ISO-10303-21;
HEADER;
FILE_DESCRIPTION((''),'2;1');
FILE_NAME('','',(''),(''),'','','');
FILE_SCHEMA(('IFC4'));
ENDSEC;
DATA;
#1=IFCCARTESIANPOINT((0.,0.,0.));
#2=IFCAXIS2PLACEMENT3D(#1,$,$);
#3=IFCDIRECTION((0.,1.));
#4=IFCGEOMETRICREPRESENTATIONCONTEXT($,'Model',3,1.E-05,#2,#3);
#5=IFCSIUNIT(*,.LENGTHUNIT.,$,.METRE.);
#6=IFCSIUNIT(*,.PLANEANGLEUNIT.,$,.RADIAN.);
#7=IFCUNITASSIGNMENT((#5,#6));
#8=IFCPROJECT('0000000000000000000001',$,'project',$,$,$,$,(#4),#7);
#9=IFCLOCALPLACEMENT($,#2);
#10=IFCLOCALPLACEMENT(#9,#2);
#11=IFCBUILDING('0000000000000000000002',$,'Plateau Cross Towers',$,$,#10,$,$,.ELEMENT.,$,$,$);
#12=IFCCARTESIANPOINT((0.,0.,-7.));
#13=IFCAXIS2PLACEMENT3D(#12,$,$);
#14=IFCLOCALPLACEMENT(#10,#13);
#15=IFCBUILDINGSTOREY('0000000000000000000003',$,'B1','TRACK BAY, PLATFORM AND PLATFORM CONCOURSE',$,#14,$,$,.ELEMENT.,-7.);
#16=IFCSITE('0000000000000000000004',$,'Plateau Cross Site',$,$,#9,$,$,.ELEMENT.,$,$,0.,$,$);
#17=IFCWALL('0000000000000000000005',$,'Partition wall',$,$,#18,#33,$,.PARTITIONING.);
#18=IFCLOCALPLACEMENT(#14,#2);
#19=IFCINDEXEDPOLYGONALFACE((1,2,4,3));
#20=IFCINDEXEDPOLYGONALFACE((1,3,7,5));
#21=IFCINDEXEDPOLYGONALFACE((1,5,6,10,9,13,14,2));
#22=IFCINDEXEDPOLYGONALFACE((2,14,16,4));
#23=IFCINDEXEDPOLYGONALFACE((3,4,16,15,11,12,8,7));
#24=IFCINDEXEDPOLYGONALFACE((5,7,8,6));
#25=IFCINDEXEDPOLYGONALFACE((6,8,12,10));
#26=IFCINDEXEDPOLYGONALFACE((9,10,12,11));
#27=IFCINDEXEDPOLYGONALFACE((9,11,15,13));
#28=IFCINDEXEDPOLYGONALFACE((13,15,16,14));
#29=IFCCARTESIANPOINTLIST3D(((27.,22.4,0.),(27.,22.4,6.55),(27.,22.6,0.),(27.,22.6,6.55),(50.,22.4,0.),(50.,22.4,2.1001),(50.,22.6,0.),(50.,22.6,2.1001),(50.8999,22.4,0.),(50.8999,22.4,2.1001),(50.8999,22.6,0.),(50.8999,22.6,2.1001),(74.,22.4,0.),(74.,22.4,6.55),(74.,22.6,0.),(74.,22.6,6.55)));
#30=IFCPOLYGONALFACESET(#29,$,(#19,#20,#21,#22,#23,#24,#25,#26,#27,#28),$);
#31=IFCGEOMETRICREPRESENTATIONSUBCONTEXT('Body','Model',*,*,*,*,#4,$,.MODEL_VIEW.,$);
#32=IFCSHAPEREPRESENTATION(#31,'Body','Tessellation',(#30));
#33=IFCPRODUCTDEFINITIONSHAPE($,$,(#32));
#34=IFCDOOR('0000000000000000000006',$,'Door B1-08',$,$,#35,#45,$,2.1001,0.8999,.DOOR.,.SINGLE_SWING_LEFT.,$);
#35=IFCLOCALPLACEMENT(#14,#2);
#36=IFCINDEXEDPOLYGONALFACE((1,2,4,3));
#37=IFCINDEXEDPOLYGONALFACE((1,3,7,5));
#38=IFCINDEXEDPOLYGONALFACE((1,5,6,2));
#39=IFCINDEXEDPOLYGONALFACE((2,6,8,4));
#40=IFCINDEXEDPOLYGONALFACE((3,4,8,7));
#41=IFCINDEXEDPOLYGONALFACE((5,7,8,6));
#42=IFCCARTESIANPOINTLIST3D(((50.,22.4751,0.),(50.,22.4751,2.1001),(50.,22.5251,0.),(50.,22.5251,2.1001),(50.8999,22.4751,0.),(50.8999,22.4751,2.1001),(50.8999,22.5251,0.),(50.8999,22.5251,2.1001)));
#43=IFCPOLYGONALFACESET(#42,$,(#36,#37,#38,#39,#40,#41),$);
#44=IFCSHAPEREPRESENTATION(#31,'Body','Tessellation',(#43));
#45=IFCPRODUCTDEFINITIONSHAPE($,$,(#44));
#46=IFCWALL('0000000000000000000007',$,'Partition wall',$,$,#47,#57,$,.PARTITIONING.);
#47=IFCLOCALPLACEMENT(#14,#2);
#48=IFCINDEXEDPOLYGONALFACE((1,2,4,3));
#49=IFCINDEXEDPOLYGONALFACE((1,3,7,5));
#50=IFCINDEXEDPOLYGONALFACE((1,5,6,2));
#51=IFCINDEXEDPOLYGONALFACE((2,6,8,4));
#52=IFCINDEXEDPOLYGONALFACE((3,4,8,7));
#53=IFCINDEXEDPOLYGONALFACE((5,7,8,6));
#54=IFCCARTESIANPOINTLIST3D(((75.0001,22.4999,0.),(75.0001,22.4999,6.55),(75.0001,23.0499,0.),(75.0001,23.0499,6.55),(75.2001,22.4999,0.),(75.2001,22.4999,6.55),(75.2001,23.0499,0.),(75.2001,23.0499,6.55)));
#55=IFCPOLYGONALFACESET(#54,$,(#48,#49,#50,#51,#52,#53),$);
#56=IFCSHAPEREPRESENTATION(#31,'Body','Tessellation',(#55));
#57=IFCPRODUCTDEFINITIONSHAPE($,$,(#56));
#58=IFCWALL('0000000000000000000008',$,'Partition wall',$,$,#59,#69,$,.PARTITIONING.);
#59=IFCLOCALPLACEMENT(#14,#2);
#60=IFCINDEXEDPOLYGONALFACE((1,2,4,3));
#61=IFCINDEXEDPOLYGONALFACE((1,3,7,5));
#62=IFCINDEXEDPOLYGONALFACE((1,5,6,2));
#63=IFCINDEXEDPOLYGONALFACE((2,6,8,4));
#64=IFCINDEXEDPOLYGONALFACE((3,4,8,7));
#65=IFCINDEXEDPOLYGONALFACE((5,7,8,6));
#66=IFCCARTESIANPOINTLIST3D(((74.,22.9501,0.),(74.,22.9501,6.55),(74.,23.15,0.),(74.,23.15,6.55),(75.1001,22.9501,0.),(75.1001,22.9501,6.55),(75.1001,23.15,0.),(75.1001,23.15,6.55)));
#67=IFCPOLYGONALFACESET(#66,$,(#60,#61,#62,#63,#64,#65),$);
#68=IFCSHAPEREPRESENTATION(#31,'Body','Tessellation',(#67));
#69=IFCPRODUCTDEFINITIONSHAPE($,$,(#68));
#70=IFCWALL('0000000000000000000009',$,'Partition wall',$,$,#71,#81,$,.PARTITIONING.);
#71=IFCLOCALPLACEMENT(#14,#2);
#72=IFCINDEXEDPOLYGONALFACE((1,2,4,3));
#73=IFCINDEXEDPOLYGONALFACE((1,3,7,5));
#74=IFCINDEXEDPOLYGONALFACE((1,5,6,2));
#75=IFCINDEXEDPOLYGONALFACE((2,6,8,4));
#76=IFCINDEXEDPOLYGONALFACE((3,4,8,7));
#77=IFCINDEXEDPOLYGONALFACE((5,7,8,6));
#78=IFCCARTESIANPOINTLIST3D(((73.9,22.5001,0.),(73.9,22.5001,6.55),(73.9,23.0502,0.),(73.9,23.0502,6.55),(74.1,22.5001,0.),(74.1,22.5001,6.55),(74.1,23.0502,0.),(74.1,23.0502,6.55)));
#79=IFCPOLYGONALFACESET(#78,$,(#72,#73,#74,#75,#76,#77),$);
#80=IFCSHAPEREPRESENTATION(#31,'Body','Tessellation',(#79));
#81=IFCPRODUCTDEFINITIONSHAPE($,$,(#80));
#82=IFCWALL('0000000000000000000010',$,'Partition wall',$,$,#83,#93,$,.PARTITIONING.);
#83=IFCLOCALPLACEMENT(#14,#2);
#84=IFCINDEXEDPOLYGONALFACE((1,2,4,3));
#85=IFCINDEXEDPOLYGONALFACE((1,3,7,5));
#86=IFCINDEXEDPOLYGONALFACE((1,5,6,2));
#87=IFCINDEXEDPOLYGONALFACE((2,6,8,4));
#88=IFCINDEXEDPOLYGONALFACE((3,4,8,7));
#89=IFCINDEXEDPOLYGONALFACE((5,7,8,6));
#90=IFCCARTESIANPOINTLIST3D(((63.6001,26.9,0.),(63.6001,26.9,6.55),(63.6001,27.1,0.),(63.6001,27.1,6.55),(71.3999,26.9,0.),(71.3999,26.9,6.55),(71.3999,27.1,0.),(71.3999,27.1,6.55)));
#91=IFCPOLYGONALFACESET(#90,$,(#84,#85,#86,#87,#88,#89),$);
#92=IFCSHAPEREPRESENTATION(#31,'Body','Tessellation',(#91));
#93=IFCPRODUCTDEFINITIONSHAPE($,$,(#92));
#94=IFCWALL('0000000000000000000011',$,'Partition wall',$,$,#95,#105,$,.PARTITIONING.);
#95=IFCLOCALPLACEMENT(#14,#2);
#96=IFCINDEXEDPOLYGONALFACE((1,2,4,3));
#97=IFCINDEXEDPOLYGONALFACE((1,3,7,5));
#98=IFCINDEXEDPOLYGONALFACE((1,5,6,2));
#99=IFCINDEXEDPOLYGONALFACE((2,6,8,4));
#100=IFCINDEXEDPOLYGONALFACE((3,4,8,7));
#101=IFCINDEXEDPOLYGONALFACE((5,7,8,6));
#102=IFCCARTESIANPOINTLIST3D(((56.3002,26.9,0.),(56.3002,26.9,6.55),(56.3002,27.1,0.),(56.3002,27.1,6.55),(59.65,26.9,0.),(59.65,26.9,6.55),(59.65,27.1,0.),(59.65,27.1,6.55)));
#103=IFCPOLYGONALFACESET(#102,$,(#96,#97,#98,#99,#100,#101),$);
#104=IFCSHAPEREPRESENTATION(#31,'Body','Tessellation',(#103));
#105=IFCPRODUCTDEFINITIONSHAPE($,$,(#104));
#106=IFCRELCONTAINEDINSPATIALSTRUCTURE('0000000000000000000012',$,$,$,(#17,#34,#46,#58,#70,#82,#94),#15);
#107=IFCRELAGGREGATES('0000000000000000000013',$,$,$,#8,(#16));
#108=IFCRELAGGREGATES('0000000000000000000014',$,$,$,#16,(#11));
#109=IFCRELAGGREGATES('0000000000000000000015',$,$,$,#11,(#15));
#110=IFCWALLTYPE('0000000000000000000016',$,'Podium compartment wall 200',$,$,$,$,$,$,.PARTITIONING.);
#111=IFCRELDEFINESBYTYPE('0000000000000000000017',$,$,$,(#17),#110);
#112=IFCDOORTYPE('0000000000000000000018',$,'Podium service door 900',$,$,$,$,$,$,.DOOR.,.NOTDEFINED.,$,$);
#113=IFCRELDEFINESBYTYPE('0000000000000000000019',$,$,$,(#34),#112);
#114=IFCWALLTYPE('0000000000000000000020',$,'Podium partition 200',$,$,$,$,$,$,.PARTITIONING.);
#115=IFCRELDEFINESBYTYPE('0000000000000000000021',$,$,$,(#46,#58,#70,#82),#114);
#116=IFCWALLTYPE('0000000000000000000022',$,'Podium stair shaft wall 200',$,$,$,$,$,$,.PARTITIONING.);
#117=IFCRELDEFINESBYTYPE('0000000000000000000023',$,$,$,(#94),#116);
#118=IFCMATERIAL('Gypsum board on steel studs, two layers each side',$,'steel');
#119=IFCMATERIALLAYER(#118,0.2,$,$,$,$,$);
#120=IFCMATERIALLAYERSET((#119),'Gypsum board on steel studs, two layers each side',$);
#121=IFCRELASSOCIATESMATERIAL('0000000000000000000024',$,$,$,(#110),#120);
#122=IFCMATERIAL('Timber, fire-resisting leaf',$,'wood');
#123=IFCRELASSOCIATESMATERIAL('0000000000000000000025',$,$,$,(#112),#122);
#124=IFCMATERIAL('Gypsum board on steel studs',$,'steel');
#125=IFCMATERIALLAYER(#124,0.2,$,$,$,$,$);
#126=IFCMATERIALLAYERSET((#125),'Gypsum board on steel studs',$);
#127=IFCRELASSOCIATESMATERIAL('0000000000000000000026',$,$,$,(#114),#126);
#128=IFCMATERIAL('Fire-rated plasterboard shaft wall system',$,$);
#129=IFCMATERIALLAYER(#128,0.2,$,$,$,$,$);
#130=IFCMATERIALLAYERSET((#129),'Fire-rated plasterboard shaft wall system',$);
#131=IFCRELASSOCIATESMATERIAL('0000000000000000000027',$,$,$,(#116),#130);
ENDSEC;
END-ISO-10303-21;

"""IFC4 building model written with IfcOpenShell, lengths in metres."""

from ifc_helpers import new_model, si_unit, direction, frame, frame_2d, origin, place, context, subcontext, project, spatial, rectangle, extrude, material, layer, layer_set, type_object, element, fill, save


model = new_model("IFC4")

# Units and contexts
model_context = context("Model", 3, precision=1e-05, world=origin(), true_north=direction((0.0, 1.0)))
body_context = subcontext(model_context, "Body", "Model", "MODEL_VIEW")
ifc_project = project(units=[si_unit("LENGTHUNIT", "METRE"), si_unit("PLANEANGLEUNIT", "RADIAN")], contexts=[model_context])

# Site, building, storey
site_placement = place(None, origin())
site = spatial("IfcSite", under=ifc_project, at=site_placement, Name="Plateau Cross Site", CompositionType="ELEMENT", RefElevation=0.0)
building_placement = place(site_placement, origin())
building = spatial("IfcBuilding", under=site, at=building_placement, Name="Plateau Cross Towers", CompositionType="ELEMENT")
storey_placement = place(building_placement, frame((0.0, 0.0, -7.0)))
storey = spatial("IfcBuildingStorey", under=building, at=storey_placement, Name="B1", Description="TRACK BAY, PLATFORM AND PLATFORM CONCOURSE", CompositionType="ELEMENT", Elevation=-7.0)

# Wall, opening, door
ifc_material_1 = material(Name="Gypsum board on steel studs, two layers each side", Category="steel")
ifc_layer_1 = layer(ifc_material_1, 0.2)
ifc_layer_set_1 = layer_set([ifc_layer_1], Name="Gypsum board on steel studs, two layers each side")
wall_type_1 = type_object("IfcWallType", Name="Podium compartment wall 200", PredefinedType="PARTITIONING", material=ifc_layer_set_1)
wall_1_placement = place(storey_placement, frame((74.0, 22.5, 0.0), z_axis=(0.0, 0.0, 1.0), x_axis=(-1.0, 0.0, 0.0)))
wall_1 = element("IfcWall", 1, at=wall_1_placement, inside=storey, type_object=wall_type_1, Name="Partition wall", PredefinedType="PARTITIONING", context=body_context, shape_type="SweptSolid", body=[
    extrude(rectangle(XDim=47.0, YDim=0.2, at=frame_2d((23.5, 0.0))), origin(), (0.0, 0.0, 1.0), 6.55),
])
opening_placement = place(wall_1_placement, frame((23.1001, 0.0, 0.0)))
opening = element("IfcOpeningElement", 2, at=opening_placement, cuts=wall_1, PredefinedType="OPENING", context=body_context, shape_type="SweptSolid", body=[
    extrude(rectangle(XDim=0.8999, YDim=2.1001, at=frame_2d((0.45, 1.05))), frame((0.0, 0.1099, 0.0), z_axis=(0.0, -1.0, 0.0), x_axis=(1.0, 0.0, 0.0)), (0.0, 0.0, 1.0), 0.22),
])
ifc_material_2 = material(Name="Timber, fire-resisting leaf", Category="wood")
door_type = type_object("IfcDoorType", Name="Podium service door 900", OperationType="NOTDEFINED", PredefinedType="DOOR", material=ifc_material_2)
door_placement = place(opening_placement, origin())
door = element("IfcDoor", 3, at=door_placement, inside=storey, type_object=door_type, Name="Door B1-08", OperationType="SINGLE_SWING_LEFT", OverallHeight=2.1001, OverallWidth=0.8999, PredefinedType="DOOR", context=body_context, shape_type="SweptSolid", body=[
    extrude(rectangle(XDim=0.8999, YDim=2.1001, at=frame_2d((0.45, 1.05))), frame((0.0, 0.0249, 0.0), z_axis=(0.0, -1.0, 0.0), x_axis=(1.0, 0.0, 0.0)), (0.0, 0.0, 1.0), 0.05),
])
fill(opening, door)

# Walls
ifc_material_3 = material(Name="Gypsum board on steel studs", Category="steel")
ifc_layer_2 = layer(ifc_material_3, 0.2)
ifc_layer_set_2 = layer_set([ifc_layer_2], Name="Gypsum board on steel studs")
wall_type_2 = type_object("IfcWallType", Name="Podium partition 200", PredefinedType="PARTITIONING", material=ifc_layer_set_2)
wall_2_placement = place(storey_placement, frame((75.1001, 22.5, 0.0), z_axis=(0.0, 0.0, 1.0), x_axis=(0.0, 1.0, 0.0)))
element("IfcWall", 4, at=wall_2_placement, inside=storey, type_object=wall_type_2, Name="Partition wall", PredefinedType="PARTITIONING", context=body_context, shape_type="SweptSolid", body=[
    extrude(rectangle(XDim=0.55, YDim=0.2, at=frame_2d((0.2749, 0.0))), origin(), (0.0, 0.0, 1.0), 6.55),
])
wall_3_placement = place(storey_placement, frame((75.1001, 23.05, 0.0), z_axis=(0.0, 0.0, 1.0), x_axis=(-1.0, 0.0, 0.0)))
element("IfcWall", 5, at=wall_3_placement, inside=storey, type_object=wall_type_2, Name="Partition wall", PredefinedType="PARTITIONING", context=body_context, shape_type="SweptSolid", body=[
    extrude(rectangle(XDim=1.1001, YDim=0.2, at=frame_2d((0.55, 0.0))), origin(), (0.0, 0.0, 1.0), 6.55),
])
wall_4_placement = place(storey_placement, frame((74.0, 23.05, 0.0), z_axis=(0.0, 0.0, 1.0), x_axis=(0.0, -1.0, 0.0)))
element("IfcWall", 6, at=wall_4_placement, inside=storey, type_object=wall_type_2, Name="Partition wall", PredefinedType="PARTITIONING", context=body_context, shape_type="SweptSolid", body=[
    extrude(rectangle(XDim=0.55, YDim=0.2, at=frame_2d((0.2749, 0.0))), origin(), (0.0, 0.0, 1.0), 6.55),
])
wall_5_placement = place(storey_placement, frame((63.6001, 27.0, 0.0), z_axis=(0.0, 0.0, 1.0), x_axis=(1.0, 0.0, 0.0)))
element("IfcWall", 7, at=wall_5_placement, inside=storey, type_object=wall_type_2, Name="Partition wall", PredefinedType="PARTITIONING", context=body_context, shape_type="SweptSolid", body=[
    extrude(rectangle(XDim=7.7998, YDim=0.2, at=frame_2d((3.8999, 0.0))), origin(), (0.0, 0.0, 1.0), 6.55),
])
ifc_material_4 = material(Name="Fire-rated plasterboard shaft wall system")
ifc_layer_3 = layer(ifc_material_4, 0.2)
ifc_layer_set_3 = layer_set([ifc_layer_3], Name="Fire-rated plasterboard shaft wall system")
wall_type_3 = type_object("IfcWallType", Name="Podium stair shaft wall 200", PredefinedType="PARTITIONING", material=ifc_layer_set_3)
wall_6_placement = place(storey_placement, frame((59.6499, 27.0, 0.0), z_axis=(0.0, 0.0, 1.0), x_axis=(-1.0, 0.0, 0.0)))
element("IfcWall", 8, at=wall_6_placement, inside=storey, type_object=wall_type_3, Name="Partition wall", PredefinedType="PARTITIONING", context=body_context, shape_type="SweptSolid", body=[
    extrude(rectangle(XDim=3.3499, YDim=0.2, at=frame_2d((1.6748, 0.0))), origin(), (0.0, 0.0, 1.0), 6.55),
])

save(model, "model.ifc")
